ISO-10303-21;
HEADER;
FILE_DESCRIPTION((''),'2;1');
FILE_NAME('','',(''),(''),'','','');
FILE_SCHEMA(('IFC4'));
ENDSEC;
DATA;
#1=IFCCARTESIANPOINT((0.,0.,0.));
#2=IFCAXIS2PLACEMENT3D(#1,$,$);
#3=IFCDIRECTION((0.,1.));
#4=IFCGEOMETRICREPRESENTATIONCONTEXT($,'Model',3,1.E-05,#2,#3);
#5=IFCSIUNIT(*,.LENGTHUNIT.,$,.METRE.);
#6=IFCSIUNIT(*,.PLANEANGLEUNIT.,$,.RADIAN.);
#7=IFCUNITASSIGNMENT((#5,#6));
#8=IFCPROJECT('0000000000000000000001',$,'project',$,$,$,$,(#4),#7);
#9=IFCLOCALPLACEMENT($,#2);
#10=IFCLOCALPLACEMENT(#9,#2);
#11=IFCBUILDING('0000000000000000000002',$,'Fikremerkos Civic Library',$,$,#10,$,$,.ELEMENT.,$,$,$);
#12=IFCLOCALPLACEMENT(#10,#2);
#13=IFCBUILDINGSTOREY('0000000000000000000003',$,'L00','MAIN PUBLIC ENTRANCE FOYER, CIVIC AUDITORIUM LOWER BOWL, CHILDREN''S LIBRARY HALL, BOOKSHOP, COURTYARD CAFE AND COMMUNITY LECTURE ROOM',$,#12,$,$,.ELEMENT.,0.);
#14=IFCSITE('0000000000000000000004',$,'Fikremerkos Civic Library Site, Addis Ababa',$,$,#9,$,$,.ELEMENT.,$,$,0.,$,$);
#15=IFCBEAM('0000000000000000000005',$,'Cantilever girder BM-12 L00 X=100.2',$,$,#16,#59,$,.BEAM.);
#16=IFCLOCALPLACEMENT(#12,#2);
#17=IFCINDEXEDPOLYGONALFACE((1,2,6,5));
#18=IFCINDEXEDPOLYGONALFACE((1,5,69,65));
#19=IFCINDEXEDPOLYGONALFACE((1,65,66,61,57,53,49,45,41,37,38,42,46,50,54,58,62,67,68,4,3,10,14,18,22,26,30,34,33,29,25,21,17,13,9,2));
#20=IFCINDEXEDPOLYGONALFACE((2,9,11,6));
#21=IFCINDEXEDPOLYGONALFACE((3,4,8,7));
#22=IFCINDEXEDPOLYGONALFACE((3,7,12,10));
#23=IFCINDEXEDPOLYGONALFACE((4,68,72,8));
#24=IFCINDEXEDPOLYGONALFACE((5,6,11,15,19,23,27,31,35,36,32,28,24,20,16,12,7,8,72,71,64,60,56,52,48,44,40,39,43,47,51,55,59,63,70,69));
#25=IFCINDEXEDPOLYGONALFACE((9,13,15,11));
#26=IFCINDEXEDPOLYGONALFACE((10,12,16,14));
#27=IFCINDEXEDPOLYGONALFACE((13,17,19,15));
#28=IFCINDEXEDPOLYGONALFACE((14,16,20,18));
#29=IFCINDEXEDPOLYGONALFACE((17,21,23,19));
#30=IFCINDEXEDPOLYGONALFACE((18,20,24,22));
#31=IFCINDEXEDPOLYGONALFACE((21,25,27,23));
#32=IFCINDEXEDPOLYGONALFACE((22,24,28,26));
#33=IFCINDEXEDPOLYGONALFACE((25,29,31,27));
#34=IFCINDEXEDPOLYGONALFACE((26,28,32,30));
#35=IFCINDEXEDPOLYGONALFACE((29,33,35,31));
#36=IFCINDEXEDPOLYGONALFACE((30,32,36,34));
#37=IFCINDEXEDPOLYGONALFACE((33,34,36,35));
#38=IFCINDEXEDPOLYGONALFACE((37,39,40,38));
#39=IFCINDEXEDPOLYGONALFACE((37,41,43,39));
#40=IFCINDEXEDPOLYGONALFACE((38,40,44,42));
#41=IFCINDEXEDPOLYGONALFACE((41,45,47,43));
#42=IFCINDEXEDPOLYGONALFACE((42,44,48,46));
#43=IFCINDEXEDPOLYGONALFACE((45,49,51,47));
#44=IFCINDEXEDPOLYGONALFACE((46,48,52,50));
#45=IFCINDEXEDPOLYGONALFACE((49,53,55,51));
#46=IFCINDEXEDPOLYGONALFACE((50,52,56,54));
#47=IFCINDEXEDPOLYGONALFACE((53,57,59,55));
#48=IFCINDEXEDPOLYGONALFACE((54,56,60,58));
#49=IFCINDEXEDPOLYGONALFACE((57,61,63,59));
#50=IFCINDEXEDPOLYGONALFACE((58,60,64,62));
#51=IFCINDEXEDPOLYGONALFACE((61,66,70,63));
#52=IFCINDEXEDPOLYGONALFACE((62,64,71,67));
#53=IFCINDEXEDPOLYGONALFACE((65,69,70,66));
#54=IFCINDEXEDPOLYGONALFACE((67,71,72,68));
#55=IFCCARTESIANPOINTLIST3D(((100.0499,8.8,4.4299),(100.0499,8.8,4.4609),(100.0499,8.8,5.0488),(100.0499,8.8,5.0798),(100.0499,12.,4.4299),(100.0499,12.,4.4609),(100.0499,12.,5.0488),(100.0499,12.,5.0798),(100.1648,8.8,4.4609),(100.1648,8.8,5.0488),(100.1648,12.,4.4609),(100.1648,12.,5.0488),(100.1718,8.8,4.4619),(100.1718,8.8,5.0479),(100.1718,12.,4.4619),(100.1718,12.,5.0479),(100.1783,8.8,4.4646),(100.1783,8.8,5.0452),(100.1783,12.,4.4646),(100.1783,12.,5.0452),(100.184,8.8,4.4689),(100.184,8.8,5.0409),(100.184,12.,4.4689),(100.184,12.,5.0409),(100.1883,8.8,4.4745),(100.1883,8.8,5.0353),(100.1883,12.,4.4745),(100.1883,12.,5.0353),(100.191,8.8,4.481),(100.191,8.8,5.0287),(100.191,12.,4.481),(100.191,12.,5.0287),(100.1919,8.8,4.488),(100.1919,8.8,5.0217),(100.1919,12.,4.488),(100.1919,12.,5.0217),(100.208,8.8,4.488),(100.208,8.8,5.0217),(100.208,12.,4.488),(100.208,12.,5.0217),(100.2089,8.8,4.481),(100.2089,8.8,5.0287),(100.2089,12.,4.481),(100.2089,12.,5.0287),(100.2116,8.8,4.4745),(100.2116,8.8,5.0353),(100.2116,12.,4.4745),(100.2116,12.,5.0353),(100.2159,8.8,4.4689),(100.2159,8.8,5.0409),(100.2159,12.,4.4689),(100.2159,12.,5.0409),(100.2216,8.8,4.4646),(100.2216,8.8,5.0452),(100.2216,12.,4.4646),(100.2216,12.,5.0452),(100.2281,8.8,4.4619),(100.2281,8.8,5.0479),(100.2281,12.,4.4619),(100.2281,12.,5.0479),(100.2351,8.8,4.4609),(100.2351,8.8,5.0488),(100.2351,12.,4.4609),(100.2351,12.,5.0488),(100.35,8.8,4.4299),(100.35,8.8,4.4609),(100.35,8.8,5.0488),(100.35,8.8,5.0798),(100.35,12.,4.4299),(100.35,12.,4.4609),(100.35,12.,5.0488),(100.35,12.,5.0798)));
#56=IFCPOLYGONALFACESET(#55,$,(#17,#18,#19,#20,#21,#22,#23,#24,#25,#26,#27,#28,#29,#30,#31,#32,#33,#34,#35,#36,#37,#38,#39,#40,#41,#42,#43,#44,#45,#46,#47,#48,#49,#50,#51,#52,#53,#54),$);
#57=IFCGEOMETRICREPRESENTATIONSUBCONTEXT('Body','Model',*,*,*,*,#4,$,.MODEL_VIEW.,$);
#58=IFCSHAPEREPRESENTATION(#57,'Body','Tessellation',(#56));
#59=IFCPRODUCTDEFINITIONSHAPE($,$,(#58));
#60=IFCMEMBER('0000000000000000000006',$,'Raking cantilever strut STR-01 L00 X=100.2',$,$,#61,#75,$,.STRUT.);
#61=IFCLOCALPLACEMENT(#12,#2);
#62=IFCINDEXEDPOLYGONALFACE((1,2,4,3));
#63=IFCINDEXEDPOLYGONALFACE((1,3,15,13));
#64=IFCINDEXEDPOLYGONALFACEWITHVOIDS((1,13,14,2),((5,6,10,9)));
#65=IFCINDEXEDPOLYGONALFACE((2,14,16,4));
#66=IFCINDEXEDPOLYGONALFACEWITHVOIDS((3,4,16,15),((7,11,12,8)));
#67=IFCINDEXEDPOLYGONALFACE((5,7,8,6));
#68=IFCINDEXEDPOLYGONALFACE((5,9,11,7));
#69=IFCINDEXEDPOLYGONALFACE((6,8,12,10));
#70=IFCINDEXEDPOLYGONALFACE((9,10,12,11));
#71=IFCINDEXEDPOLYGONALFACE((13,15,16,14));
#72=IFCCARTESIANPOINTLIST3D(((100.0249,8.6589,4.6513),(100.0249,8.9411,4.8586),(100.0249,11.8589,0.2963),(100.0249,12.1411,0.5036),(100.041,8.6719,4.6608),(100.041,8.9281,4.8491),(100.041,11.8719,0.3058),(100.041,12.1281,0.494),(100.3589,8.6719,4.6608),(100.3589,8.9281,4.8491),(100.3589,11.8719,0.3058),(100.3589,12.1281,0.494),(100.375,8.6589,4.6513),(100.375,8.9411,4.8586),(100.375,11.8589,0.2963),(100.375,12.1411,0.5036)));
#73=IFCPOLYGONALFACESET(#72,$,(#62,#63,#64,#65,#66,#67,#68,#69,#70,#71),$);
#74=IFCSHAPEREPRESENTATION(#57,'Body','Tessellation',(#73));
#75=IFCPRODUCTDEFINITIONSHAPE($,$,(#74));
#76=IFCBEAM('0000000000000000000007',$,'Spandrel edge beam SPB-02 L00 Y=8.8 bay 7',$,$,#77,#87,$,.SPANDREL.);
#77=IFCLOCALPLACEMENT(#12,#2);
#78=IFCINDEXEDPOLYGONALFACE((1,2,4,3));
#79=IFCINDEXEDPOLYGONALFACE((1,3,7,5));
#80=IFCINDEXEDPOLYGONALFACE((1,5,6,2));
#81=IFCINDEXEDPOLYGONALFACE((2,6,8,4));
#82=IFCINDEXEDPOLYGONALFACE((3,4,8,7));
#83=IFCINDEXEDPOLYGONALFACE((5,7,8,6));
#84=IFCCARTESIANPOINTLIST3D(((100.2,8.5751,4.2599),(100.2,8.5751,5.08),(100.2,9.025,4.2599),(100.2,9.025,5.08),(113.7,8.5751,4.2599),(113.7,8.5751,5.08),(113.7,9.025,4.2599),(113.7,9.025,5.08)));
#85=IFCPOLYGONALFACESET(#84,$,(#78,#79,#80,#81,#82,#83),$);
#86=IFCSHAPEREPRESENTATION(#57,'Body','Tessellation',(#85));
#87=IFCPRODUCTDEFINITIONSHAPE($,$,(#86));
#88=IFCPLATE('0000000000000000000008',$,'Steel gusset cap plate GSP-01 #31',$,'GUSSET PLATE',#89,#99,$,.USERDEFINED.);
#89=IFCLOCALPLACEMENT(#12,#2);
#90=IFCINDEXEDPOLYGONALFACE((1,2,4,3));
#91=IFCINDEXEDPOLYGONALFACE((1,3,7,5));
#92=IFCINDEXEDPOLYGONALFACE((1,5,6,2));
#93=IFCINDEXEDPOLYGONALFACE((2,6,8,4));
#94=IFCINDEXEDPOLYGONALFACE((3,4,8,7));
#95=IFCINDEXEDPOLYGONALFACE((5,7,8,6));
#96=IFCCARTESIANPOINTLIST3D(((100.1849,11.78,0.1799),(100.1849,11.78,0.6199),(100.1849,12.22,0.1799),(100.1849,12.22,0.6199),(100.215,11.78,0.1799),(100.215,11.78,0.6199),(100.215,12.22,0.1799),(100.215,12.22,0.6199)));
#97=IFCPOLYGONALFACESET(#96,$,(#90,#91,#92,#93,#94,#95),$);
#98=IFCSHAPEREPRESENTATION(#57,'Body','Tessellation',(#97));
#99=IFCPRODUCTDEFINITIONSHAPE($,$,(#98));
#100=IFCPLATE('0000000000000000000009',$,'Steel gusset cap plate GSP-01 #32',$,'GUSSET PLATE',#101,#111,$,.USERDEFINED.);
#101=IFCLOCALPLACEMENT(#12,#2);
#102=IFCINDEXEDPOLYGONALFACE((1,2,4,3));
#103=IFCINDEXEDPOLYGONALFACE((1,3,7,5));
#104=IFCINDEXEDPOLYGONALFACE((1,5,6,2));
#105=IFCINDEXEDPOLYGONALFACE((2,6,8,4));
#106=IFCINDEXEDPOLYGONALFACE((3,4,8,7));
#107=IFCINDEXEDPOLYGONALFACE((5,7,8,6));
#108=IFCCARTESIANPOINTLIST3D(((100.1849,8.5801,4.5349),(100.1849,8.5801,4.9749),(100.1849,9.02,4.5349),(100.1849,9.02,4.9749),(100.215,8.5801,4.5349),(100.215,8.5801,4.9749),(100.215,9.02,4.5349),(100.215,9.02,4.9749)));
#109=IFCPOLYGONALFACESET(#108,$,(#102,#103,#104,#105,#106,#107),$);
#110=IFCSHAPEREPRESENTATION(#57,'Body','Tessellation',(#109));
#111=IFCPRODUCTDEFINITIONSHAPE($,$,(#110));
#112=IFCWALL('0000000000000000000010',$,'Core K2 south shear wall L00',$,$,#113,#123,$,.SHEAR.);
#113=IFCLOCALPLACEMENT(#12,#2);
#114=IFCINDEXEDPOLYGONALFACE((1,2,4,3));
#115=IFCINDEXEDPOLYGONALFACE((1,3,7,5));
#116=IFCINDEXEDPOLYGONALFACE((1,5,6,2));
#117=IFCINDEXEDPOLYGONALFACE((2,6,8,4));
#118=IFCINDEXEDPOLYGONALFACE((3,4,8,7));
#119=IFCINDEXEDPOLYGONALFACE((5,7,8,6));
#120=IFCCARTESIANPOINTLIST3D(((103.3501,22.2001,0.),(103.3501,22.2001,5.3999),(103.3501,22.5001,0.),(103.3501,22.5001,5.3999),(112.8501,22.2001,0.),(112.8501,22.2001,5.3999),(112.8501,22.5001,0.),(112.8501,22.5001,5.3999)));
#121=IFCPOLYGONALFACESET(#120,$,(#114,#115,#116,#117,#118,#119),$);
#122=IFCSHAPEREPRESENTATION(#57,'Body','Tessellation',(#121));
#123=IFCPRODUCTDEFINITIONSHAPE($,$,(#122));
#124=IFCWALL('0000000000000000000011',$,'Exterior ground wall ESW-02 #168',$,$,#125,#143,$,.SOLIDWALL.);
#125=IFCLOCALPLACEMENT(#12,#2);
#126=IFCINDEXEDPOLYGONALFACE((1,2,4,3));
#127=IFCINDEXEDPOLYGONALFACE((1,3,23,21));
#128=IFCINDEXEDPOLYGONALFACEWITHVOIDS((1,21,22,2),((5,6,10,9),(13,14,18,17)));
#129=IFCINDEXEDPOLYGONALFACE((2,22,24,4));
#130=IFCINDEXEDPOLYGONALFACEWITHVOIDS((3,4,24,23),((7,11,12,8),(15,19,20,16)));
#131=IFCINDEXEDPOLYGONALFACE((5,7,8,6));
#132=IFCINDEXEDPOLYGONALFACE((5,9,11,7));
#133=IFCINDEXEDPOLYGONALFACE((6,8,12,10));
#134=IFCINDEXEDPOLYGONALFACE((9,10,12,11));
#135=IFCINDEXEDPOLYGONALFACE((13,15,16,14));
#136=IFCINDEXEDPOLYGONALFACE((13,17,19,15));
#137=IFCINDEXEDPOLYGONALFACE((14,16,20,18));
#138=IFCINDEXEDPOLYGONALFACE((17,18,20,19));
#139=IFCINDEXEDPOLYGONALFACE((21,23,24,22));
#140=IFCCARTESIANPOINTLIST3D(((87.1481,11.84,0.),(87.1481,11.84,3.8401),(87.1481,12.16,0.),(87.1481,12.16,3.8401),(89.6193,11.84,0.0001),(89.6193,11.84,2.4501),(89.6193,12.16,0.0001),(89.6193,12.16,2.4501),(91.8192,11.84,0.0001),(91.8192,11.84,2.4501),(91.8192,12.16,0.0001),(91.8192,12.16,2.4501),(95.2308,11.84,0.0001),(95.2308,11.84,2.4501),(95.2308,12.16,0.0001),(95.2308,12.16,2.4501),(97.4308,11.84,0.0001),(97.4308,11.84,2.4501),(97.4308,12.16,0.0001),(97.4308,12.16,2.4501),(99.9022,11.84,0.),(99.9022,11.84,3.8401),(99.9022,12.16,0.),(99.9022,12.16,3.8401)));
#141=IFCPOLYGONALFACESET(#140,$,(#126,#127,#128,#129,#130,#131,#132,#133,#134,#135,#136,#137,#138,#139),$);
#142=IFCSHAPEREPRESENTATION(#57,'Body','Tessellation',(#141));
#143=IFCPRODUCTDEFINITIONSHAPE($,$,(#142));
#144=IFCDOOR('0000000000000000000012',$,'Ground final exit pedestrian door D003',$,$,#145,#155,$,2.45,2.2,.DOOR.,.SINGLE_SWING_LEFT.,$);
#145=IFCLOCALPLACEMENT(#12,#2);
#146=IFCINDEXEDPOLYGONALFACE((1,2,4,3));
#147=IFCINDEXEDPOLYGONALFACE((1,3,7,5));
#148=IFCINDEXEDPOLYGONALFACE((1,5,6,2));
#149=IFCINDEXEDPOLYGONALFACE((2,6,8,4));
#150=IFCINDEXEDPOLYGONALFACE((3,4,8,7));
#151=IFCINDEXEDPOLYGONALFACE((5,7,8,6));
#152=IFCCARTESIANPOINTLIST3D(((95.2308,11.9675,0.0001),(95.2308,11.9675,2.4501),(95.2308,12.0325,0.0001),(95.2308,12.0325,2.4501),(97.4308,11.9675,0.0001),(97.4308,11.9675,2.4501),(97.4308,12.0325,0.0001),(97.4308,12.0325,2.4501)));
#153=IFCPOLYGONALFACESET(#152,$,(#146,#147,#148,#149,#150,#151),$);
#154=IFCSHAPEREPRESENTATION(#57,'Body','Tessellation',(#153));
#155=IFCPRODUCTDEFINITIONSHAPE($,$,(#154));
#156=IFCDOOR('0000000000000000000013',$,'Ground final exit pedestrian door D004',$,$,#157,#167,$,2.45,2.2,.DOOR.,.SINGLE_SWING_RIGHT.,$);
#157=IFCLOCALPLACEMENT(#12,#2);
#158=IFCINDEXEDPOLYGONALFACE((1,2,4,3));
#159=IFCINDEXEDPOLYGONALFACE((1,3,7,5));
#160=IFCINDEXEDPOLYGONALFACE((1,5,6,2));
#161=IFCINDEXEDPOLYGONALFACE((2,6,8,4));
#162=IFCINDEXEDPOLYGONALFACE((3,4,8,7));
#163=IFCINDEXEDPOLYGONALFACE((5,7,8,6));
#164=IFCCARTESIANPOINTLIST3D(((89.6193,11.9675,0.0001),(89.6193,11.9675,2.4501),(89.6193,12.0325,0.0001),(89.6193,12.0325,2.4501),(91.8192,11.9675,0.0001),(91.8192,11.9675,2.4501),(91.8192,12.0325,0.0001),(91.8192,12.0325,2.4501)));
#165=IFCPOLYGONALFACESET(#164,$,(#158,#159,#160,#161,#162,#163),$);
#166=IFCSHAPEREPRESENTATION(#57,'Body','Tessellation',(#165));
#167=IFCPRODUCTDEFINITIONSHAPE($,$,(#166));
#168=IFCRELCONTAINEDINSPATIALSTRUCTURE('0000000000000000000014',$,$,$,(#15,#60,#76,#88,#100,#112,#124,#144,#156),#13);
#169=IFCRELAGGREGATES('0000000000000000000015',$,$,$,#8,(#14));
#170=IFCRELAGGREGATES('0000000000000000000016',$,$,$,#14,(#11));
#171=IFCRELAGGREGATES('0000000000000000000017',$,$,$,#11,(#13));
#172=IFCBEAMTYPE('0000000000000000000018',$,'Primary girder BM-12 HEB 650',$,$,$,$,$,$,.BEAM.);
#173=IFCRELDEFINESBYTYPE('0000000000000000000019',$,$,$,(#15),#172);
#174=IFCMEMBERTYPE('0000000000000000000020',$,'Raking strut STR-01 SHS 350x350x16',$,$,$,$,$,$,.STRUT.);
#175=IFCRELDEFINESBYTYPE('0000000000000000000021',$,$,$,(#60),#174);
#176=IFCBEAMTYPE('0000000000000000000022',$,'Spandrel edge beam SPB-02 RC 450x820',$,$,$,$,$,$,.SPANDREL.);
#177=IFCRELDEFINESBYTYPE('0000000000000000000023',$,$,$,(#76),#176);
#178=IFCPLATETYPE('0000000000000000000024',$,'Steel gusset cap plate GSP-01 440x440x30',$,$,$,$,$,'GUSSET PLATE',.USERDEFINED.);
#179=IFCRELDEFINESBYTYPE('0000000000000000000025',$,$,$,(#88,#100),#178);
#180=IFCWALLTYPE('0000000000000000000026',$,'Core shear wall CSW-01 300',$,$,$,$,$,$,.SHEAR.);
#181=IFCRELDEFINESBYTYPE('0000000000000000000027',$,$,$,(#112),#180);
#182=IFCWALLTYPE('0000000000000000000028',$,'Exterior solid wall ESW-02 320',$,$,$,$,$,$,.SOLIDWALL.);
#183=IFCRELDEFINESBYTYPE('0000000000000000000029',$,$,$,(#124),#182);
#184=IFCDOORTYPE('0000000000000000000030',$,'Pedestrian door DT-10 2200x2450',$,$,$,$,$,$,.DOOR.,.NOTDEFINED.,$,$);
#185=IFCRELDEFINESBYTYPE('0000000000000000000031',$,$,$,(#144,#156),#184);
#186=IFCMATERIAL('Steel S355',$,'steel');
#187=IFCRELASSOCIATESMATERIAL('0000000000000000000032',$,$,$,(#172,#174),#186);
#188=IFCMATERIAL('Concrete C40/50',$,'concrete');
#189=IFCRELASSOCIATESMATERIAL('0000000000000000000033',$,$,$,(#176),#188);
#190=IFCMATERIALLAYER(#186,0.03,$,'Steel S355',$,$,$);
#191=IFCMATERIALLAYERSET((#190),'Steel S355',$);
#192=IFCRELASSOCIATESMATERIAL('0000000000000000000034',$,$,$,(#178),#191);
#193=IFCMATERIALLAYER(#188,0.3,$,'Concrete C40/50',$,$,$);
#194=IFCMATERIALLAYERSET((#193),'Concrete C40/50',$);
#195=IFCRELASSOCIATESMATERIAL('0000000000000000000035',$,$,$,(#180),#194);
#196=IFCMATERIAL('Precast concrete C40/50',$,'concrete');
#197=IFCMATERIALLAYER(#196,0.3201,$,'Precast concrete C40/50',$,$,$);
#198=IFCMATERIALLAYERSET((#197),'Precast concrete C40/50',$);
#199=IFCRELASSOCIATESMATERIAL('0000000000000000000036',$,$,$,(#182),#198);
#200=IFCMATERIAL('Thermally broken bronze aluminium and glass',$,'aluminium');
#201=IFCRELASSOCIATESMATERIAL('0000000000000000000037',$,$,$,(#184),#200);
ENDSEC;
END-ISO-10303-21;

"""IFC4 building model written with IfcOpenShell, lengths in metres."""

from ifc_helpers import new_model, si_unit, direction, frame, frame_2d, origin, origin_2d, place, context, subcontext, project, spatial, rectangle, hollow_rectangle, i_section, extrude, material, layer, layer_set, material_profile, profile_set, type_object, element, fill, save


model = new_model("IFC4")

# Units and contexts
model_context = context("Model", 3, precision=1e-05, world=origin(), true_north=direction((0.0, 1.0)))
body_context = subcontext(model_context, "Body", "Model", "MODEL_VIEW")
ifc_project = project(units=[si_unit("LENGTHUNIT", "METRE"), si_unit("PLANEANGLEUNIT", "RADIAN")], contexts=[model_context])

# Site, building, storey
site_placement = place(None, origin())
site = spatial("IfcSite", under=ifc_project, at=site_placement, Name="Fikremerkos Civic Library Site, Addis Ababa", CompositionType="ELEMENT", RefElevation=0.0)
building_placement = place(site_placement, origin())
building = spatial("IfcBuilding", under=site, at=building_placement, Name="Fikremerkos Civic Library", CompositionType="ELEMENT")
storey_placement = place(building_placement, origin())
storey = spatial("IfcBuildingStorey", under=building, at=storey_placement, Name="L00", Description="MAIN PUBLIC ENTRANCE FOYER, CIVIC AUDITORIUM LOWER BOWL, CHILDREN'S LIBRARY HALL, BOOKSHOP, COURTYARD CAFE AND COMMUNITY LECTURE ROOM", CompositionType="ELEMENT", Elevation=0.0)

# Shared definitions
ifc_material_1 = material(Name="Concrete C40/50", Category="concrete")

# Beam
ifc_material_2 = material(Name="Steel S355", Category="steel")
ifc_material_profile_1 = material_profile(ifc_material_2, i_section(OverallWidth=0.3, OverallDepth=0.6499, WebThickness=0.0161, FlangeThickness=0.031, FilletRadius=0.0271, at=origin_2d()), Name="HEB 650")
ifc_profile_set_1 = profile_set([ifc_material_profile_1], Name="Steel S355")
beam_type_1 = type_object("IfcBeamType", Name="Primary girder BM-12 HEB 650", PredefinedType="BEAM", material=ifc_profile_set_1)
beam_1_placement = place(storey_placement, frame((100.2, 12.0, 4.7549), z_axis=(0.0, -1.0, 0.0), x_axis=(1.0, 0.0, 0.0)))
element("IfcBeam", 1, at=beam_1_placement, inside=storey, type_object=beam_type_1, Name="Cantilever girder BM-12 L00 X=100.2", PredefinedType="BEAM", context=body_context, shape_type="SweptSolid", body=[
    extrude(i_section(OverallWidth=0.3, OverallDepth=0.6499, WebThickness=0.0161, FlangeThickness=0.031, FilletRadius=0.0271, at=origin_2d()), origin(), (0.0, 0.0, 1.0), 3.2),
])

# Member
ifc_material_profile_2 = material_profile(ifc_material_2, hollow_rectangle(XDim=0.3501, YDim=0.3501, WallThickness=0.0161, at=origin_2d()), Name="SHS 350x350x16")
ifc_profile_set_2 = profile_set([ifc_material_profile_2], Name="Steel S355")
member_type = type_object("IfcMemberType", Name="Raking strut STR-01 SHS 350x350x16", PredefinedType="STRUT", material=ifc_profile_set_2)
member_placement = place(storey_placement, frame((100.2, 12.0, 0.3999), z_axis=(0.0, -0.592121, 0.805849), x_axis=(1.0, 0.0, 0.0)))
element("IfcMember", 2, at=member_placement, inside=storey, type_object=member_type, Name="Raking cantilever strut STR-01 L00 X=100.2", PredefinedType="STRUT", context=body_context, shape_type="SweptSolid", body=[
    extrude(hollow_rectangle(XDim=0.3501, YDim=0.3501, WallThickness=0.0161, at=origin_2d()), origin(), (0.0, 0.0, 1.0), 5.4043),
])

# Beam
ifc_material_profile_3 = material_profile(ifc_material_1, rectangle(XDim=0.45, YDim=0.8201, at=origin_2d()), Name="RC 450x820")
ifc_profile_set_3 = profile_set([ifc_material_profile_3], Name="Concrete C40/50")
beam_type_2 = type_object("IfcBeamType", Name="Spandrel edge beam SPB-02 RC 450x820", PredefinedType="SPANDREL", material=ifc_profile_set_3)
beam_2_placement = place(storey_placement, frame((100.2, 8.8, 4.6699), z_axis=(1.0, 0.0, 0.0), x_axis=(0.0, 1.0, 0.0)))
element("IfcBeam", 3, at=beam_2_placement, inside=storey, type_object=beam_type_2, Name="Spandrel edge beam SPB-02 L00 Y=8.8 bay 7", PredefinedType="SPANDREL", context=body_context, shape_type="SweptSolid", body=[
    extrude(rectangle(XDim=0.45, YDim=0.8201, at=origin_2d()), origin(), (0.0, 0.0, 1.0), 13.5),
])

# Plates
ifc_layer_1 = layer(ifc_material_2, 0.03, Name="Steel S355")
ifc_layer_set_1 = layer_set([ifc_layer_1], Name="Steel S355")
plate_type = type_object("IfcPlateType", Name="Steel gusset cap plate GSP-01 440x440x30", ElementType="GUSSET PLATE", PredefinedType="USERDEFINED", material=ifc_layer_set_1)
for number, where, z_axis, x_axis, name in (
    (4, (100.2, 12.0, 0.1799), (0.0, 0.0, 1.0), (1.0, 0.0, 0.0), "Steel gusset cap plate GSP-01 #31"),
    (5, (100.2, 8.8, 4.5349), (0.0, 0.0, 1.0), (1.0, 0.0, 0.0), "Steel gusset cap plate GSP-01 #32"),
):
    element("IfcPlate", number, at=place(storey_placement, frame(where, z_axis=z_axis, x_axis=x_axis)), inside=storey, type_object=plate_type, Name=name, ObjectType="GUSSET PLATE", PredefinedType="USERDEFINED", context=body_context, shape_type="SweptSolid", body=[
        extrude(rectangle(XDim=0.03, YDim=0.4399, at=origin_2d()), origin(), (0.0, 0.0, 1.0), 0.4399),
    ])

# Wall
ifc_layer_2 = layer(ifc_material_1, 0.3, Name="Concrete C40/50")
ifc_layer_set_2 = layer_set([ifc_layer_2], Name="Concrete C40/50")
wall_type_1 = type_object("IfcWallType", Name="Core shear wall CSW-01 300", PredefinedType="SHEAR", material=ifc_layer_set_2)
wall_1_placement = place(storey_placement, frame((112.8501, 22.3501, 0.0), z_axis=(0.0, 0.0, 1.0), x_axis=(-1.0, 0.0, 0.0)))
element("IfcWall", 6, at=wall_1_placement, inside=storey, type_object=wall_type_1, Name="Core K2 south shear wall L00", PredefinedType="SHEAR", context=body_context, shape_type="SweptSolid", body=[
    extrude(rectangle(XDim=9.5, YDim=0.3, at=frame_2d((4.75, 0.0))), origin(), (0.0, 0.0, 1.0), 5.3999),
])

# Wall, openings, doors
ifc_material_3 = material(Name="Precast concrete C40/50", Category="concrete")
ifc_layer_3 = layer(ifc_material_3, 0.3201, Name="Precast concrete C40/50")
ifc_layer_set_3 = layer_set([ifc_layer_3], Name="Precast concrete C40/50")
wall_type_2 = type_object("IfcWallType", Name="Exterior solid wall ESW-02 320", PredefinedType="SOLIDWALL", material=ifc_layer_set_3)
wall_2_placement = place(storey_placement, frame((99.9021, 12.0, 0.0), z_axis=(0.0, 0.0, 1.0), x_axis=(-1.0, 0.0, 0.0)))
wall_2 = element("IfcWall", 7, at=wall_2_placement, inside=storey, type_object=wall_type_2, Name="Exterior ground wall ESW-02 #168", PredefinedType="SOLIDWALL", context=body_context, shape_type="SweptSolid", body=[
    extrude(rectangle(XDim=12.7542, YDim=0.3201, at=frame_2d((6.377, 0.0))), origin(), (0.0, 0.0, 1.0), 3.8401),
])
opening_1_placement = place(wall_2_placement, frame((2.4712, 0.0, 0.0)))
opening_1 = element("IfcOpeningElement", 8, at=opening_1_placement, cuts=wall_2, PredefinedType="OPENING", context=body_context, shape_type="SweptSolid", body=[
    extrude(rectangle(XDim=2.2, YDim=2.45, at=frame_2d((1.1001, 1.2251))), frame((0.0, 0.1699, 0.0), z_axis=(0.0, -1.0, 0.0), x_axis=(1.0, 0.0, 0.0)), (0.0, 0.0, 1.0), 0.3401),
])
opening_2_placement = place(wall_2_placement, frame((8.0828, 0.0, 0.0)))
opening_2 = element("IfcOpeningElement", 9, at=opening_2_placement, cuts=wall_2, PredefinedType="OPENING", context=body_context, shape_type="SweptSolid", body=[
    extrude(rectangle(XDim=2.2, YDim=2.45, at=frame_2d((1.1001, 1.2251))), frame((0.0, 0.1699, 0.0), z_axis=(0.0, -1.0, 0.0), x_axis=(1.0, 0.0, 0.0)), (0.0, 0.0, 1.0), 0.3401),
])
ifc_material_4 = material(Name="Thermally broken bronze aluminium and glass", Category="aluminium")
door_type_1 = type_object("IfcDoorType", Name="Pedestrian door DT-10 2200x2450", OperationType="NOTDEFINED", PredefinedType="DOOR", material=ifc_material_4)
door_1_placement = place(opening_1_placement, origin())
door_1 = element("IfcDoor", 10, at=door_1_placement, inside=storey, type_object=door_type_1, Name="Ground final exit pedestrian door D003", OperationType="SINGLE_SWING_LEFT", OverallHeight=2.45, OverallWidth=2.2, PredefinedType="DOOR", context=body_context, shape_type="SweptSolid", body=[
    extrude(rectangle(XDim=2.2, YDim=2.45, at=frame_2d((1.1001, 1.2251))), frame((0.0, 0.0325, 0.0), z_axis=(0.0, -1.0, 0.0), x_axis=(1.0, 0.0, 0.0)), (0.0, 0.0, 1.0), 0.0649),
])
fill(opening_1, door_1)
door_2_placement = place(opening_2_placement, origin())
door_2 = element("IfcDoor", 11, at=door_2_placement, inside=storey, type_object=door_type_1, Name="Ground final exit pedestrian door D004", OperationType="SINGLE_SWING_RIGHT", OverallHeight=2.45, OverallWidth=2.2, PredefinedType="DOOR", context=body_context, shape_type="SweptSolid", body=[
    extrude(rectangle(XDim=2.2, YDim=2.45, at=frame_2d((1.1001, 1.2251))), frame((0.0, 0.0325, 0.0), z_axis=(0.0, -1.0, 0.0), x_axis=(1.0, 0.0, 0.0)), (0.0, 0.0, 1.0), 0.0649),
])
fill(opening_2, door_2)

save(model, "model.ifc")
